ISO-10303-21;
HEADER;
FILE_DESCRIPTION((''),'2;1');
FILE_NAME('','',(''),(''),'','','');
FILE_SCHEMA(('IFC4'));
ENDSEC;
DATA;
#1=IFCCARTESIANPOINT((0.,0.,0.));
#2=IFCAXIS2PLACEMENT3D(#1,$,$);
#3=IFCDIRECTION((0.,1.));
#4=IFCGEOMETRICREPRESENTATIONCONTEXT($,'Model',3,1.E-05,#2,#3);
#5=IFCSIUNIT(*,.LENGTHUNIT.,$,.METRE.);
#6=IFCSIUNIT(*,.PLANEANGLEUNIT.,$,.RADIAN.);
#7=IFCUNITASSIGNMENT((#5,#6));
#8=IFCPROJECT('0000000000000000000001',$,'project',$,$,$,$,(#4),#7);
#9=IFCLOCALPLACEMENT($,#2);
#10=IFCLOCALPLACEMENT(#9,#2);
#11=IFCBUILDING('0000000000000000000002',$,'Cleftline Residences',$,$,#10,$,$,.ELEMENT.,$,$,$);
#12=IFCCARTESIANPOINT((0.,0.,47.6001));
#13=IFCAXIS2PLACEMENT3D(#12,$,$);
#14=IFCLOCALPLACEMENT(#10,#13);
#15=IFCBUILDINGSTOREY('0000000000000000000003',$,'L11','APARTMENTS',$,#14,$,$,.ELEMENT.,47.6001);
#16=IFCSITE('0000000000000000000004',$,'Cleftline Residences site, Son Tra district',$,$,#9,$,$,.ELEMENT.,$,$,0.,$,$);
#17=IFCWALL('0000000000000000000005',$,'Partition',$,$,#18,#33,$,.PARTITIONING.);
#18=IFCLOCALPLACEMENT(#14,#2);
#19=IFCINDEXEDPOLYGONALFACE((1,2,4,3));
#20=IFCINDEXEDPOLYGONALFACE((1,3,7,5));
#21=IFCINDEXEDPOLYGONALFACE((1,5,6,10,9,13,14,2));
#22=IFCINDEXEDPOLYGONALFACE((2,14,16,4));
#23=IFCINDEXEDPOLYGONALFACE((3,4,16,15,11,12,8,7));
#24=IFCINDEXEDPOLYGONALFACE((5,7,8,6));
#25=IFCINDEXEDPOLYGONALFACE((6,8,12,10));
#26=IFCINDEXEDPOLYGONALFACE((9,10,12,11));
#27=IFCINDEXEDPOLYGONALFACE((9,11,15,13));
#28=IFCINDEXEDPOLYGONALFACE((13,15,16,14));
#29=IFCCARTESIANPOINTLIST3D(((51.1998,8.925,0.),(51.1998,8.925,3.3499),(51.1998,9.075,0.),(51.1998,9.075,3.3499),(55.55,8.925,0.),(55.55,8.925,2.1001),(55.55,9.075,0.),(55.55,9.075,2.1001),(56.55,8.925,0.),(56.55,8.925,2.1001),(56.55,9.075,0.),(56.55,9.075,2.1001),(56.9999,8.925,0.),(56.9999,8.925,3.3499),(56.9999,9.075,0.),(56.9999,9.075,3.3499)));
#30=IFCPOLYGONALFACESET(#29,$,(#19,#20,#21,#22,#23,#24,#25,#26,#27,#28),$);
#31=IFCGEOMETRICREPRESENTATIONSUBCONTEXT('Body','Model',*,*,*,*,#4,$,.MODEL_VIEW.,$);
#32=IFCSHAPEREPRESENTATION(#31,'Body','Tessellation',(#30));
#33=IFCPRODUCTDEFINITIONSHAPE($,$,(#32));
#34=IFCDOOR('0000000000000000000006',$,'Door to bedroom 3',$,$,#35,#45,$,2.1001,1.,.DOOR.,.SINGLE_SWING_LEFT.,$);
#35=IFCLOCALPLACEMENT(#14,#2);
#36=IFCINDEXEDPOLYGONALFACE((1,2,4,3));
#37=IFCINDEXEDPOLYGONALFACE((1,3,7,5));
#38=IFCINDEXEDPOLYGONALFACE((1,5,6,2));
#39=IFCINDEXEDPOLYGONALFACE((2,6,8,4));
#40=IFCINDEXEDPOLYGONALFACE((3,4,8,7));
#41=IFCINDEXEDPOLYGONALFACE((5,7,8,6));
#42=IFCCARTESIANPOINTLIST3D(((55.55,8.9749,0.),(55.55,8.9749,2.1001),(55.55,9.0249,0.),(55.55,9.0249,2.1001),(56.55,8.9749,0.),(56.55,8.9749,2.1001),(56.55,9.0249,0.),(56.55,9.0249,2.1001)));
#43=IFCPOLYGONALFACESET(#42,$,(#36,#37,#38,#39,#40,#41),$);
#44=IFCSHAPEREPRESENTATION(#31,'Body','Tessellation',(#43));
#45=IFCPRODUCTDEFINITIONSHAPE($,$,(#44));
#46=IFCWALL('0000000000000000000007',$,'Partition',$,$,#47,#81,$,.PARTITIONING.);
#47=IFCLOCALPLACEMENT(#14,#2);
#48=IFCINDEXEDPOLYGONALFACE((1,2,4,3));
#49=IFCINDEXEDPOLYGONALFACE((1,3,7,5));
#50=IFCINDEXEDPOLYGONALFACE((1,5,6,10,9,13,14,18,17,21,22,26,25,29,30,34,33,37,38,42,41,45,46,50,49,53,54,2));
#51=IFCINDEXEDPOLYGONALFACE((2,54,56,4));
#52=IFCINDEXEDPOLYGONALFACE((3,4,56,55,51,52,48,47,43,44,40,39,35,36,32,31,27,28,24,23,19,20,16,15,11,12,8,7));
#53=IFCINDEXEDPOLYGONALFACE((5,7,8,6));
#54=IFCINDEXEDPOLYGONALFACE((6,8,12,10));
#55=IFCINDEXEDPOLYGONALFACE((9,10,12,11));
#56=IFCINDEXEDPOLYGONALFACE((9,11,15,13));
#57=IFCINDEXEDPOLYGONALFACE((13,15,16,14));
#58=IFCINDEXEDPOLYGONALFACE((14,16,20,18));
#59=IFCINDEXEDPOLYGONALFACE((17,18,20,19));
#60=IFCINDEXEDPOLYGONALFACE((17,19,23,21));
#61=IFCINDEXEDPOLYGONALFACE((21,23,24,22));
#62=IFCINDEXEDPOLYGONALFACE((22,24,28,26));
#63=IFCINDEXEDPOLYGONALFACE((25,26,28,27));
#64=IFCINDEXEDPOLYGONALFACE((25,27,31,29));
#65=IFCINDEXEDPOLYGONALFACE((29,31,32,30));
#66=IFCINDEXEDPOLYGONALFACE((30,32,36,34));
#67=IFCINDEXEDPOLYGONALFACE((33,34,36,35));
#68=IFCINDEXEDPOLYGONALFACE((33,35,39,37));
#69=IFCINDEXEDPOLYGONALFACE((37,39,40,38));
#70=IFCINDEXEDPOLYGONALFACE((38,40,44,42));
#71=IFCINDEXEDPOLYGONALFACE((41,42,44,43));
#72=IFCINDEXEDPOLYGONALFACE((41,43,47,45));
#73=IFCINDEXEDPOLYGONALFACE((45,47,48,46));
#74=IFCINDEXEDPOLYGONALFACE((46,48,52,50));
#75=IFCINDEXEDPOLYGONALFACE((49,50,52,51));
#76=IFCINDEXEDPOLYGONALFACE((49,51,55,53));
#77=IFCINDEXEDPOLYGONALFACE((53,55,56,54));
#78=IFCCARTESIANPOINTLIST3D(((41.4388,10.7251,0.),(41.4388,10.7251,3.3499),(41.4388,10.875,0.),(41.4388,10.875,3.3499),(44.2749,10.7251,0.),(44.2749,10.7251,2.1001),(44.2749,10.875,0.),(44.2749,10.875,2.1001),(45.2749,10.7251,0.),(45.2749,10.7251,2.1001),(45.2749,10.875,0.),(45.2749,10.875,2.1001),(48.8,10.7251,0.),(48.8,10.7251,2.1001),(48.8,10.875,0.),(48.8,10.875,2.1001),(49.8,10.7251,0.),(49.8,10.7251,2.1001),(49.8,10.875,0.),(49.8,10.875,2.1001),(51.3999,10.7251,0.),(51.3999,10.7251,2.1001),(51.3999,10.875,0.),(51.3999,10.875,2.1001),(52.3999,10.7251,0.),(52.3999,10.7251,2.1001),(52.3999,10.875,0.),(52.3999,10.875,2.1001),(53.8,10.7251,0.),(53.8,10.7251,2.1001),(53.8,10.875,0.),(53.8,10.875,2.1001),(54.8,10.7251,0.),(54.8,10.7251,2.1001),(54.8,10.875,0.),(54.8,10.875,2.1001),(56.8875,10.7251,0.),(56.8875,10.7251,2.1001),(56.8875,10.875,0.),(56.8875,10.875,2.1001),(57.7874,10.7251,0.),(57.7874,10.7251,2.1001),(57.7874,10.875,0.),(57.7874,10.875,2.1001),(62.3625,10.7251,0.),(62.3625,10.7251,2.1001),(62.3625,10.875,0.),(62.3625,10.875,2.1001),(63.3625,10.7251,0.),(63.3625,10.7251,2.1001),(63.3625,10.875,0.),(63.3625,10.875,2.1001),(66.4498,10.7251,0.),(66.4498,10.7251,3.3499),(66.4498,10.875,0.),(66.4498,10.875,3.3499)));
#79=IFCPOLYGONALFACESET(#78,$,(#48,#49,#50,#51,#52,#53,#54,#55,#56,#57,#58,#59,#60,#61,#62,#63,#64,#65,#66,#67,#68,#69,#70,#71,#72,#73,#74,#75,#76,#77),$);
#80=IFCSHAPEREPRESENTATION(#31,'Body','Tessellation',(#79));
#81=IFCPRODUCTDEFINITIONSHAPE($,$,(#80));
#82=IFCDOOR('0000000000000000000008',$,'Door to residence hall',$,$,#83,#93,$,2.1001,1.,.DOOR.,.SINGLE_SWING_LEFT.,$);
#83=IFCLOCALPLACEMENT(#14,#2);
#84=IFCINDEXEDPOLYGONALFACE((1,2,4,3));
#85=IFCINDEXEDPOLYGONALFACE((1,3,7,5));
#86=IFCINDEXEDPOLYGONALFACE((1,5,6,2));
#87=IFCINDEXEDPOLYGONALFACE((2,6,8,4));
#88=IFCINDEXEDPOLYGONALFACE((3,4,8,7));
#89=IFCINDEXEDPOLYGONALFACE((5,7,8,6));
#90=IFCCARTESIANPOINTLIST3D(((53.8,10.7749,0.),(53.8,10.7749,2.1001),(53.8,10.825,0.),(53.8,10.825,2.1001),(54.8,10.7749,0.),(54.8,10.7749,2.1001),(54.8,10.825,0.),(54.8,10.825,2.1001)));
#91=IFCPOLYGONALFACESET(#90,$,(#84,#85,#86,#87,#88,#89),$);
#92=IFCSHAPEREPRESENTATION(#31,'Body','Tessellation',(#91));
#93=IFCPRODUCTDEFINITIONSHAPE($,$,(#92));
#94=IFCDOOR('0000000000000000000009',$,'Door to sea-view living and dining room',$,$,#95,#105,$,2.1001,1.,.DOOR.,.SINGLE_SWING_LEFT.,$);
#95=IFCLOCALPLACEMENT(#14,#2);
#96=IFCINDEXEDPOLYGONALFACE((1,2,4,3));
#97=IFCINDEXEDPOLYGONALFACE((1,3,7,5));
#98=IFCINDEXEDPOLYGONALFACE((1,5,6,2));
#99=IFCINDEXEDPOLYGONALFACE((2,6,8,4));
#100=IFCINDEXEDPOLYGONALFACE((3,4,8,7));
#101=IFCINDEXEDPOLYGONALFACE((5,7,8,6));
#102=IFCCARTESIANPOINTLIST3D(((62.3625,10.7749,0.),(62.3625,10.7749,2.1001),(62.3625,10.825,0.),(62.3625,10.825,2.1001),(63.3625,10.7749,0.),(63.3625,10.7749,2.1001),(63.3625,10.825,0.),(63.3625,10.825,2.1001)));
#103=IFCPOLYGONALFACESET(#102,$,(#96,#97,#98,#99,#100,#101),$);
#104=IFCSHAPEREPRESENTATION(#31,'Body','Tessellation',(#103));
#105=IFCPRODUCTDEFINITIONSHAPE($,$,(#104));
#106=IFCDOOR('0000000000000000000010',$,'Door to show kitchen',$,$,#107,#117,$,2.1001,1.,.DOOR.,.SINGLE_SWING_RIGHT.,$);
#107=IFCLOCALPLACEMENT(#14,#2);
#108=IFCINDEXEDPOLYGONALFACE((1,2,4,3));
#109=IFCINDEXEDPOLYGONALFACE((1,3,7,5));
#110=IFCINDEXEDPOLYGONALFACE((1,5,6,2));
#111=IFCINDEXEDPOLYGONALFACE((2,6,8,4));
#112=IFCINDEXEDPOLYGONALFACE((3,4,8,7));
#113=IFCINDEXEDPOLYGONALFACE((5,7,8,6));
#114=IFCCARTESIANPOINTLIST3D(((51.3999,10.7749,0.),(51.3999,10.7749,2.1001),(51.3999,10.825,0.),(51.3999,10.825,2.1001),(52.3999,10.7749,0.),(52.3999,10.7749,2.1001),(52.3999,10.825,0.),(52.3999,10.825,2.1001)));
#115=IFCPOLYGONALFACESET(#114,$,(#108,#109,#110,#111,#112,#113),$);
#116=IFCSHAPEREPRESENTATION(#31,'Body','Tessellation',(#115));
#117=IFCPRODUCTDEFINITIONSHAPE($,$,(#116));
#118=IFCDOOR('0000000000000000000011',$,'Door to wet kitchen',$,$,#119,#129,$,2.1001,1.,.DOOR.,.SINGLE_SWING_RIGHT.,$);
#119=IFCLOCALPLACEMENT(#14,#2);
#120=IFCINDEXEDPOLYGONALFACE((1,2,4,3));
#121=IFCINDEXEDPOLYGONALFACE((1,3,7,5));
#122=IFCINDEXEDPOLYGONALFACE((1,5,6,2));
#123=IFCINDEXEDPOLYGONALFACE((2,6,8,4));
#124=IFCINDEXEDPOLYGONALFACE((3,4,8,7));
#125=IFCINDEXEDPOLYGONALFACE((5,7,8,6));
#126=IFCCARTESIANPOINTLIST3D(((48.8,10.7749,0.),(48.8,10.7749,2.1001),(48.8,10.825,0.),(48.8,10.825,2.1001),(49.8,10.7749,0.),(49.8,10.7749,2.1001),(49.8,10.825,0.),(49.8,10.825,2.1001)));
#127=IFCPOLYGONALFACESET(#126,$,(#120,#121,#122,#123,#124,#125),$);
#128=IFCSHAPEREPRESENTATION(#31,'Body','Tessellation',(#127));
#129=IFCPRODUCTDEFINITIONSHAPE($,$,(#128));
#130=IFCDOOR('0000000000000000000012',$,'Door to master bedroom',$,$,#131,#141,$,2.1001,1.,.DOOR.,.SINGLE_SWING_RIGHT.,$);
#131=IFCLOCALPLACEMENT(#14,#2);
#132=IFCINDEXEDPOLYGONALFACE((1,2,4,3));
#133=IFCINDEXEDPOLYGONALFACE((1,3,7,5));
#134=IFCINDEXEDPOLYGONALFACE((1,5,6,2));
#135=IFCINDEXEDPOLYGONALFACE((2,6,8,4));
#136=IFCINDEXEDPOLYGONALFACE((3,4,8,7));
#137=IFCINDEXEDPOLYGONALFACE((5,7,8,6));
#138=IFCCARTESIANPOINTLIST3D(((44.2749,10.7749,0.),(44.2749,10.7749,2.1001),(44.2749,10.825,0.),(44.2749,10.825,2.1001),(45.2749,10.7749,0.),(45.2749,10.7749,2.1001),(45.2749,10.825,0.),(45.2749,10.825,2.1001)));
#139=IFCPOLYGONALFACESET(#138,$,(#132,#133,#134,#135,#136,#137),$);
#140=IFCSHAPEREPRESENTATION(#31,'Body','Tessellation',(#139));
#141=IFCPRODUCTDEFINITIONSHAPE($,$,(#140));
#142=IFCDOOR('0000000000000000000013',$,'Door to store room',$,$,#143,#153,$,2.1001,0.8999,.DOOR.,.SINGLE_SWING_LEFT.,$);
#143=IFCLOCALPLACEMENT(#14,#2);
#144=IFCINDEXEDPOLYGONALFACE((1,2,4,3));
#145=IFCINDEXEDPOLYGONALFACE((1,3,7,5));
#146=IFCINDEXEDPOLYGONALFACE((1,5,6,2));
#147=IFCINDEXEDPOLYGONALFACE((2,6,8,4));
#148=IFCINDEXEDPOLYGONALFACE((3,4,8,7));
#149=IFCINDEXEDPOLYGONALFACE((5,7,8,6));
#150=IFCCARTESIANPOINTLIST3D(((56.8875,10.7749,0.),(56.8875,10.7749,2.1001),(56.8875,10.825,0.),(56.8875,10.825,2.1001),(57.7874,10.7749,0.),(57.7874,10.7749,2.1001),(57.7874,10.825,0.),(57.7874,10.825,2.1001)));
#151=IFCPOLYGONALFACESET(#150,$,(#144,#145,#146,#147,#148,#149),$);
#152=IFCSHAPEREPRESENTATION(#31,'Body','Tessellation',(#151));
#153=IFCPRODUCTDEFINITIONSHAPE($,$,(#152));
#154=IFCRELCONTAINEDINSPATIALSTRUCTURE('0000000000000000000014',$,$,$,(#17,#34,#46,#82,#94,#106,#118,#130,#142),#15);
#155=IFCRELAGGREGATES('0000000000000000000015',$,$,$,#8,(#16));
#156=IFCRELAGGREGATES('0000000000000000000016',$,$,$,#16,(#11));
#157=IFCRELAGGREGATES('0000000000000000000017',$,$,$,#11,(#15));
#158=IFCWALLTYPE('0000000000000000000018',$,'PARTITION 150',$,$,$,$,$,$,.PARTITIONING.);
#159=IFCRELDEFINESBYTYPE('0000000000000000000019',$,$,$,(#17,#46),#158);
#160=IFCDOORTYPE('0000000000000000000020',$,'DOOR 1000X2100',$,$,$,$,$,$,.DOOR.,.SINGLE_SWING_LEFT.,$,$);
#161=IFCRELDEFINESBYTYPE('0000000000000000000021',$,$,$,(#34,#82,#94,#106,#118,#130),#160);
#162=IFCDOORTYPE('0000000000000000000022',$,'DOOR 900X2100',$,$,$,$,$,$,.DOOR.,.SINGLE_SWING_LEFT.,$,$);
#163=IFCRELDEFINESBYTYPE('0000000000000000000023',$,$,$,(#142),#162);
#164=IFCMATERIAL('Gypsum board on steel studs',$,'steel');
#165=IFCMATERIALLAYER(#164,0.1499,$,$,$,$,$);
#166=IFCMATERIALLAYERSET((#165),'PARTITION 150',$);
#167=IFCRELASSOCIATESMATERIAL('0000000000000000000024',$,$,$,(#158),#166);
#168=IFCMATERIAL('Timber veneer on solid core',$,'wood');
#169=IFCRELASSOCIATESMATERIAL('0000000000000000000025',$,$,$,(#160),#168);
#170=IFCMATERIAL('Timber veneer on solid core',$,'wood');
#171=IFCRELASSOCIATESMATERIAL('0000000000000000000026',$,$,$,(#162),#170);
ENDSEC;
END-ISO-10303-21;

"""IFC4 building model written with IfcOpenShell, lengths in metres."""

from ifc_helpers import new_model, si_unit, direction, frame, frame_2d, origin, place, context, subcontext, project, spatial, rectangle, extrude, material, layer, layer_set, type_object, element, fill, save


model = new_model("IFC4")

# Units and contexts
model_context = context("Model", 3, precision=1e-05, world=origin(), true_north=direction((0.0, 1.0)))
body_context = subcontext(model_context, "Body", "Model", "MODEL_VIEW")
ifc_project = project(units=[si_unit("LENGTHUNIT", "METRE"), si_unit("PLANEANGLEUNIT", "RADIAN")], contexts=[model_context])

# Site, building, storey
site_placement = place(None, origin())
site = spatial("IfcSite", under=ifc_project, at=site_placement, Name="Cleftline Residences site, Son Tra district", CompositionType="ELEMENT", RefElevation=0.0)
building_placement = place(site_placement, origin())
building = spatial("IfcBuilding", under=site, at=building_placement, Name="Cleftline Residences", CompositionType="ELEMENT")
storey_placement = place(building_placement, frame((0.0, 0.0, 47.6001)))
storey = spatial("IfcBuildingStorey", under=building, at=storey_placement, Name="L11", Description="APARTMENTS", CompositionType="ELEMENT", Elevation=47.6001)

# Shared definitions
ifc_material_1 = material(Name="Gypsum board on steel studs", Category="steel")
ifc_layer_1 = layer(ifc_material_1, 0.1499)
ifc_layer_set_1 = layer_set([ifc_layer_1], Name="PARTITION 150")
wall_type = type_object("IfcWallType", Name="PARTITION 150", PredefinedType="PARTITIONING", material=ifc_layer_set_1)

# Shared definitions
ifc_material_2 = material(Name="Timber veneer on solid core", Category="wood")
door_type_1 = type_object("IfcDoorType", Name="DOOR 1000X2100", OperationType="SINGLE_SWING_LEFT", PredefinedType="DOOR", material=ifc_material_2)

# Wall, opening, door
wall_1_placement = place(storey_placement, frame((51.2, 9.0, 0.0), z_axis=(0.0, 0.0, 1.0), x_axis=(1.0, 0.0, 0.0)))
wall_1 = element("IfcWall", 1, at=wall_1_placement, inside=storey, type_object=wall_type, Name="Partition", PredefinedType="PARTITIONING", context=body_context, shape_type="SweptSolid", body=[
    extrude(rectangle(XDim=5.8, YDim=0.1499, at=frame_2d((2.8999, 0.0))), origin(), (0.0, 0.0, 1.0), 3.3499),
])
opening_1_placement = place(wall_1_placement, frame((4.3501, 0.0, 0.0)))
opening_1 = element("IfcOpeningElement", 2, at=opening_1_placement, cuts=wall_1, PredefinedType="OPENING", context=body_context, shape_type="SweptSolid", body=[
    extrude(rectangle(XDim=1.0, YDim=2.1001, at=frame_2d((0.5, 1.05))), frame((0.0, 0.085, 0.0), z_axis=(0.0, -1.0, 0.0), x_axis=(1.0, 0.0, 0.0)), (0.0, 0.0, 1.0), 0.1699),
])
door_1_placement = place(opening_1_placement, origin())
door_1 = element("IfcDoor", 3, at=door_1_placement, inside=storey, type_object=door_type_1, Name="Door to bedroom 3", OperationType="SINGLE_SWING_LEFT", OverallHeight=2.1001, OverallWidth=1.0, PredefinedType="DOOR", context=body_context, shape_type="SweptSolid", body=[
    extrude(rectangle(XDim=1.0, YDim=2.1001, at=frame_2d((0.5, 1.05))), frame((0.0, 0.0249, 0.0), z_axis=(0.0, -1.0, 0.0), x_axis=(1.0, 0.0, 0.0)), (0.0, 0.0, 1.0), 0.05),
])
fill(opening_1, door_1)

# Wall, openings, doors
wall_2_placement = place(storey_placement, frame((41.439, 10.8, 0.0), z_axis=(0.0, 0.0, 1.0), x_axis=(1.0, 0.0, 0.0)))
wall_2 = element("IfcWall", 4, at=wall_2_placement, inside=storey, type_object=wall_type, Name="Partition", PredefinedType="PARTITIONING", context=body_context, shape_type="SweptSolid", body=[
    extrude(rectangle(XDim=25.011, YDim=0.1499, at=frame_2d((12.5054, 0.0))), origin(), (0.0, 0.0, 1.0), 3.3499),
])
opening_2_placement = place(wall_2_placement, frame((12.3611, 0.0, 0.0)))
opening_2 = element("IfcOpeningElement", 5, at=opening_2_placement, cuts=wall_2, PredefinedType="OPENING", context=body_context, shape_type="SweptSolid", body=[
    extrude(rectangle(XDim=1.0, YDim=2.1001, at=frame_2d((0.5, 1.05))), frame((0.0, 0.085, 0.0), z_axis=(0.0, -1.0, 0.0), x_axis=(1.0, 0.0, 0.0)), (0.0, 0.0, 1.0), 0.1699),
])
opening_3_placement = place(wall_2_placement, frame((20.9236, 0.0, 0.0)))
opening_3 = element("IfcOpeningElement", 6, at=opening_3_placement, cuts=wall_2, PredefinedType="OPENING", context=body_context, shape_type="SweptSolid", body=[
    extrude(rectangle(XDim=1.0, YDim=2.1001, at=frame_2d((0.5, 1.05))), frame((0.0, 0.085, 0.0), z_axis=(0.0, -1.0, 0.0), x_axis=(1.0, 0.0, 0.0)), (0.0, 0.0, 1.0), 0.1699),
])
opening_4_placement = place(wall_2_placement, frame((15.4485, 0.0, 0.0)))
opening_4 = element("IfcOpeningElement", 7, at=opening_4_placement, cuts=wall_2, PredefinedType="OPENING", context=body_context, shape_type="SweptSolid", body=[
    extrude(rectangle(XDim=0.8999, YDim=2.1001, at=frame_2d((0.45, 1.05))), frame((0.0, 0.085, 0.0), z_axis=(0.0, -1.0, 0.0), x_axis=(1.0, 0.0, 0.0)), (0.0, 0.0, 1.0), 0.1699),
])
opening_5_placement = place(wall_2_placement, frame((9.9609, 0.0, 0.0)))
opening_5 = element("IfcOpeningElement", 8, at=opening_5_placement, cuts=wall_2, PredefinedType="OPENING", context=body_context, shape_type="SweptSolid", body=[
    extrude(rectangle(XDim=1.0, YDim=2.1001, at=frame_2d((0.5, 1.05))), frame((0.0, 0.085, 0.0), z_axis=(0.0, -1.0, 0.0), x_axis=(1.0, 0.0, 0.0)), (0.0, 0.0, 1.0), 0.1699),
])
opening_6_placement = place(wall_2_placement, frame((7.3611, 0.0, 0.0)))
opening_6 = element("IfcOpeningElement", 9, at=opening_6_placement, cuts=wall_2, PredefinedType="OPENING", context=body_context, shape_type="SweptSolid", body=[
    extrude(rectangle(XDim=1.0, YDim=2.1001, at=frame_2d((0.5, 1.05))), frame((0.0, 0.085, 0.0), z_axis=(0.0, -1.0, 0.0), x_axis=(1.0, 0.0, 0.0)), (0.0, 0.0, 1.0), 0.1699),
])
opening_7_placement = place(wall_2_placement, frame((2.8359, 0.0, 0.0)))
opening_7 = element("IfcOpeningElement", 10, at=opening_7_placement, cuts=wall_2, PredefinedType="OPENING", context=body_context, shape_type="SweptSolid", body=[
    extrude(rectangle(XDim=1.0, YDim=2.1001, at=frame_2d((0.5, 1.05))), frame((0.0, 0.085, 0.0), z_axis=(0.0, -1.0, 0.0), x_axis=(1.0, 0.0, 0.0)), (0.0, 0.0, 1.0), 0.1699),
])
door_2_placement = place(opening_2_placement, origin())
door_2 = element("IfcDoor", 11, at=door_2_placement, inside=storey, type_object=door_type_1, Name="Door to residence hall", OperationType="SINGLE_SWING_LEFT", OverallHeight=2.1001, OverallWidth=1.0, PredefinedType="DOOR", context=body_context, shape_type="SweptSolid", body=[
    extrude(rectangle(XDim=1.0, YDim=2.1001, at=frame_2d((0.5, 1.05))), frame((0.0, 0.0249, 0.0), z_axis=(0.0, -1.0, 0.0), x_axis=(1.0, 0.0, 0.0)), (0.0, 0.0, 1.0), 0.05),
])
fill(opening_2, door_2)
door_3_placement = place(opening_3_placement, origin())
door_3 = element("IfcDoor", 12, at=door_3_placement, inside=storey, type_object=door_type_1, Name="Door to sea-view living and dining room", OperationType="SINGLE_SWING_LEFT", OverallHeight=2.1001, OverallWidth=1.0, PredefinedType="DOOR", context=body_context, shape_type="SweptSolid", body=[
    extrude(rectangle(XDim=1.0, YDim=2.1001, at=frame_2d((0.5, 1.05))), frame((0.0, 0.0249, 0.0), z_axis=(0.0, -1.0, 0.0), x_axis=(1.0, 0.0, 0.0)), (0.0, 0.0, 1.0), 0.05),
])
fill(opening_3, door_3)
door_4_placement = place(opening_5_placement, origin())
door_4 = element("IfcDoor", 13, at=door_4_placement, inside=storey, type_object=door_type_1, Name="Door to show kitchen", OperationType="SINGLE_SWING_RIGHT", OverallHeight=2.1001, OverallWidth=1.0, PredefinedType="DOOR", context=body_context, shape_type="SweptSolid", body=[
    extrude(rectangle(XDim=1.0, YDim=2.1001, at=frame_2d((0.5, 1.05))), frame((0.0, 0.0249, 0.0), z_axis=(0.0, -1.0, 0.0), x_axis=(1.0, 0.0, 0.0)), (0.0, 0.0, 1.0), 0.05),
])
fill(opening_5, door_4)
door_5_placement = place(opening_6_placement, origin())
door_5 = element("IfcDoor", 14, at=door_5_placement, inside=storey, type_object=door_type_1, Name="Door to wet kitchen", OperationType="SINGLE_SWING_RIGHT", OverallHeight=2.1001, OverallWidth=1.0, PredefinedType="DOOR", context=body_context, shape_type="SweptSolid", body=[
    extrude(rectangle(XDim=1.0, YDim=2.1001, at=frame_2d((0.5, 1.05))), frame((0.0, 0.0249, 0.0), z_axis=(0.0, -1.0, 0.0), x_axis=(1.0, 0.0, 0.0)), (0.0, 0.0, 1.0), 0.05),
])
fill(opening_6, door_5)
door_6_placement = place(opening_7_placement, origin())
door_6 = element("IfcDoor", 15, at=door_6_placement, inside=storey, type_object=door_type_1, Name="Door to master bedroom", OperationType="SINGLE_SWING_RIGHT", OverallHeight=2.1001, OverallWidth=1.0, PredefinedType="DOOR", context=body_context, shape_type="SweptSolid", body=[
    extrude(rectangle(XDim=1.0, YDim=2.1001, at=frame_2d((0.5, 1.05))), frame((0.0, 0.0249, 0.0), z_axis=(0.0, -1.0, 0.0), x_axis=(1.0, 0.0, 0.0)), (0.0, 0.0, 1.0), 0.05),
])
fill(opening_7, door_6)
ifc_material_3 = material(Name="Timber veneer on solid core", Category="wood")
door_type_2 = type_object("IfcDoorType", Name="DOOR 900X2100", OperationType="SINGLE_SWING_LEFT", PredefinedType="DOOR", material=ifc_material_3)
door_7_placement = place(opening_4_placement, origin())
door_7 = element("IfcDoor", 16, at=door_7_placement, inside=storey, type_object=door_type_2, Name="Door to store room", OperationType="SINGLE_SWING_LEFT", OverallHeight=2.1001, OverallWidth=0.8999, PredefinedType="DOOR", context=body_context, shape_type="SweptSolid", body=[
    extrude(rectangle(XDim=0.8999, YDim=2.1001, at=frame_2d((0.45, 1.05))), frame((0.0, 0.0249, 0.0), z_axis=(0.0, -1.0, 0.0), x_axis=(1.0, 0.0, 0.0)), (0.0, 0.0, 1.0), 0.05),
])
fill(opening_4, door_7)

save(model, "model.ifc")
